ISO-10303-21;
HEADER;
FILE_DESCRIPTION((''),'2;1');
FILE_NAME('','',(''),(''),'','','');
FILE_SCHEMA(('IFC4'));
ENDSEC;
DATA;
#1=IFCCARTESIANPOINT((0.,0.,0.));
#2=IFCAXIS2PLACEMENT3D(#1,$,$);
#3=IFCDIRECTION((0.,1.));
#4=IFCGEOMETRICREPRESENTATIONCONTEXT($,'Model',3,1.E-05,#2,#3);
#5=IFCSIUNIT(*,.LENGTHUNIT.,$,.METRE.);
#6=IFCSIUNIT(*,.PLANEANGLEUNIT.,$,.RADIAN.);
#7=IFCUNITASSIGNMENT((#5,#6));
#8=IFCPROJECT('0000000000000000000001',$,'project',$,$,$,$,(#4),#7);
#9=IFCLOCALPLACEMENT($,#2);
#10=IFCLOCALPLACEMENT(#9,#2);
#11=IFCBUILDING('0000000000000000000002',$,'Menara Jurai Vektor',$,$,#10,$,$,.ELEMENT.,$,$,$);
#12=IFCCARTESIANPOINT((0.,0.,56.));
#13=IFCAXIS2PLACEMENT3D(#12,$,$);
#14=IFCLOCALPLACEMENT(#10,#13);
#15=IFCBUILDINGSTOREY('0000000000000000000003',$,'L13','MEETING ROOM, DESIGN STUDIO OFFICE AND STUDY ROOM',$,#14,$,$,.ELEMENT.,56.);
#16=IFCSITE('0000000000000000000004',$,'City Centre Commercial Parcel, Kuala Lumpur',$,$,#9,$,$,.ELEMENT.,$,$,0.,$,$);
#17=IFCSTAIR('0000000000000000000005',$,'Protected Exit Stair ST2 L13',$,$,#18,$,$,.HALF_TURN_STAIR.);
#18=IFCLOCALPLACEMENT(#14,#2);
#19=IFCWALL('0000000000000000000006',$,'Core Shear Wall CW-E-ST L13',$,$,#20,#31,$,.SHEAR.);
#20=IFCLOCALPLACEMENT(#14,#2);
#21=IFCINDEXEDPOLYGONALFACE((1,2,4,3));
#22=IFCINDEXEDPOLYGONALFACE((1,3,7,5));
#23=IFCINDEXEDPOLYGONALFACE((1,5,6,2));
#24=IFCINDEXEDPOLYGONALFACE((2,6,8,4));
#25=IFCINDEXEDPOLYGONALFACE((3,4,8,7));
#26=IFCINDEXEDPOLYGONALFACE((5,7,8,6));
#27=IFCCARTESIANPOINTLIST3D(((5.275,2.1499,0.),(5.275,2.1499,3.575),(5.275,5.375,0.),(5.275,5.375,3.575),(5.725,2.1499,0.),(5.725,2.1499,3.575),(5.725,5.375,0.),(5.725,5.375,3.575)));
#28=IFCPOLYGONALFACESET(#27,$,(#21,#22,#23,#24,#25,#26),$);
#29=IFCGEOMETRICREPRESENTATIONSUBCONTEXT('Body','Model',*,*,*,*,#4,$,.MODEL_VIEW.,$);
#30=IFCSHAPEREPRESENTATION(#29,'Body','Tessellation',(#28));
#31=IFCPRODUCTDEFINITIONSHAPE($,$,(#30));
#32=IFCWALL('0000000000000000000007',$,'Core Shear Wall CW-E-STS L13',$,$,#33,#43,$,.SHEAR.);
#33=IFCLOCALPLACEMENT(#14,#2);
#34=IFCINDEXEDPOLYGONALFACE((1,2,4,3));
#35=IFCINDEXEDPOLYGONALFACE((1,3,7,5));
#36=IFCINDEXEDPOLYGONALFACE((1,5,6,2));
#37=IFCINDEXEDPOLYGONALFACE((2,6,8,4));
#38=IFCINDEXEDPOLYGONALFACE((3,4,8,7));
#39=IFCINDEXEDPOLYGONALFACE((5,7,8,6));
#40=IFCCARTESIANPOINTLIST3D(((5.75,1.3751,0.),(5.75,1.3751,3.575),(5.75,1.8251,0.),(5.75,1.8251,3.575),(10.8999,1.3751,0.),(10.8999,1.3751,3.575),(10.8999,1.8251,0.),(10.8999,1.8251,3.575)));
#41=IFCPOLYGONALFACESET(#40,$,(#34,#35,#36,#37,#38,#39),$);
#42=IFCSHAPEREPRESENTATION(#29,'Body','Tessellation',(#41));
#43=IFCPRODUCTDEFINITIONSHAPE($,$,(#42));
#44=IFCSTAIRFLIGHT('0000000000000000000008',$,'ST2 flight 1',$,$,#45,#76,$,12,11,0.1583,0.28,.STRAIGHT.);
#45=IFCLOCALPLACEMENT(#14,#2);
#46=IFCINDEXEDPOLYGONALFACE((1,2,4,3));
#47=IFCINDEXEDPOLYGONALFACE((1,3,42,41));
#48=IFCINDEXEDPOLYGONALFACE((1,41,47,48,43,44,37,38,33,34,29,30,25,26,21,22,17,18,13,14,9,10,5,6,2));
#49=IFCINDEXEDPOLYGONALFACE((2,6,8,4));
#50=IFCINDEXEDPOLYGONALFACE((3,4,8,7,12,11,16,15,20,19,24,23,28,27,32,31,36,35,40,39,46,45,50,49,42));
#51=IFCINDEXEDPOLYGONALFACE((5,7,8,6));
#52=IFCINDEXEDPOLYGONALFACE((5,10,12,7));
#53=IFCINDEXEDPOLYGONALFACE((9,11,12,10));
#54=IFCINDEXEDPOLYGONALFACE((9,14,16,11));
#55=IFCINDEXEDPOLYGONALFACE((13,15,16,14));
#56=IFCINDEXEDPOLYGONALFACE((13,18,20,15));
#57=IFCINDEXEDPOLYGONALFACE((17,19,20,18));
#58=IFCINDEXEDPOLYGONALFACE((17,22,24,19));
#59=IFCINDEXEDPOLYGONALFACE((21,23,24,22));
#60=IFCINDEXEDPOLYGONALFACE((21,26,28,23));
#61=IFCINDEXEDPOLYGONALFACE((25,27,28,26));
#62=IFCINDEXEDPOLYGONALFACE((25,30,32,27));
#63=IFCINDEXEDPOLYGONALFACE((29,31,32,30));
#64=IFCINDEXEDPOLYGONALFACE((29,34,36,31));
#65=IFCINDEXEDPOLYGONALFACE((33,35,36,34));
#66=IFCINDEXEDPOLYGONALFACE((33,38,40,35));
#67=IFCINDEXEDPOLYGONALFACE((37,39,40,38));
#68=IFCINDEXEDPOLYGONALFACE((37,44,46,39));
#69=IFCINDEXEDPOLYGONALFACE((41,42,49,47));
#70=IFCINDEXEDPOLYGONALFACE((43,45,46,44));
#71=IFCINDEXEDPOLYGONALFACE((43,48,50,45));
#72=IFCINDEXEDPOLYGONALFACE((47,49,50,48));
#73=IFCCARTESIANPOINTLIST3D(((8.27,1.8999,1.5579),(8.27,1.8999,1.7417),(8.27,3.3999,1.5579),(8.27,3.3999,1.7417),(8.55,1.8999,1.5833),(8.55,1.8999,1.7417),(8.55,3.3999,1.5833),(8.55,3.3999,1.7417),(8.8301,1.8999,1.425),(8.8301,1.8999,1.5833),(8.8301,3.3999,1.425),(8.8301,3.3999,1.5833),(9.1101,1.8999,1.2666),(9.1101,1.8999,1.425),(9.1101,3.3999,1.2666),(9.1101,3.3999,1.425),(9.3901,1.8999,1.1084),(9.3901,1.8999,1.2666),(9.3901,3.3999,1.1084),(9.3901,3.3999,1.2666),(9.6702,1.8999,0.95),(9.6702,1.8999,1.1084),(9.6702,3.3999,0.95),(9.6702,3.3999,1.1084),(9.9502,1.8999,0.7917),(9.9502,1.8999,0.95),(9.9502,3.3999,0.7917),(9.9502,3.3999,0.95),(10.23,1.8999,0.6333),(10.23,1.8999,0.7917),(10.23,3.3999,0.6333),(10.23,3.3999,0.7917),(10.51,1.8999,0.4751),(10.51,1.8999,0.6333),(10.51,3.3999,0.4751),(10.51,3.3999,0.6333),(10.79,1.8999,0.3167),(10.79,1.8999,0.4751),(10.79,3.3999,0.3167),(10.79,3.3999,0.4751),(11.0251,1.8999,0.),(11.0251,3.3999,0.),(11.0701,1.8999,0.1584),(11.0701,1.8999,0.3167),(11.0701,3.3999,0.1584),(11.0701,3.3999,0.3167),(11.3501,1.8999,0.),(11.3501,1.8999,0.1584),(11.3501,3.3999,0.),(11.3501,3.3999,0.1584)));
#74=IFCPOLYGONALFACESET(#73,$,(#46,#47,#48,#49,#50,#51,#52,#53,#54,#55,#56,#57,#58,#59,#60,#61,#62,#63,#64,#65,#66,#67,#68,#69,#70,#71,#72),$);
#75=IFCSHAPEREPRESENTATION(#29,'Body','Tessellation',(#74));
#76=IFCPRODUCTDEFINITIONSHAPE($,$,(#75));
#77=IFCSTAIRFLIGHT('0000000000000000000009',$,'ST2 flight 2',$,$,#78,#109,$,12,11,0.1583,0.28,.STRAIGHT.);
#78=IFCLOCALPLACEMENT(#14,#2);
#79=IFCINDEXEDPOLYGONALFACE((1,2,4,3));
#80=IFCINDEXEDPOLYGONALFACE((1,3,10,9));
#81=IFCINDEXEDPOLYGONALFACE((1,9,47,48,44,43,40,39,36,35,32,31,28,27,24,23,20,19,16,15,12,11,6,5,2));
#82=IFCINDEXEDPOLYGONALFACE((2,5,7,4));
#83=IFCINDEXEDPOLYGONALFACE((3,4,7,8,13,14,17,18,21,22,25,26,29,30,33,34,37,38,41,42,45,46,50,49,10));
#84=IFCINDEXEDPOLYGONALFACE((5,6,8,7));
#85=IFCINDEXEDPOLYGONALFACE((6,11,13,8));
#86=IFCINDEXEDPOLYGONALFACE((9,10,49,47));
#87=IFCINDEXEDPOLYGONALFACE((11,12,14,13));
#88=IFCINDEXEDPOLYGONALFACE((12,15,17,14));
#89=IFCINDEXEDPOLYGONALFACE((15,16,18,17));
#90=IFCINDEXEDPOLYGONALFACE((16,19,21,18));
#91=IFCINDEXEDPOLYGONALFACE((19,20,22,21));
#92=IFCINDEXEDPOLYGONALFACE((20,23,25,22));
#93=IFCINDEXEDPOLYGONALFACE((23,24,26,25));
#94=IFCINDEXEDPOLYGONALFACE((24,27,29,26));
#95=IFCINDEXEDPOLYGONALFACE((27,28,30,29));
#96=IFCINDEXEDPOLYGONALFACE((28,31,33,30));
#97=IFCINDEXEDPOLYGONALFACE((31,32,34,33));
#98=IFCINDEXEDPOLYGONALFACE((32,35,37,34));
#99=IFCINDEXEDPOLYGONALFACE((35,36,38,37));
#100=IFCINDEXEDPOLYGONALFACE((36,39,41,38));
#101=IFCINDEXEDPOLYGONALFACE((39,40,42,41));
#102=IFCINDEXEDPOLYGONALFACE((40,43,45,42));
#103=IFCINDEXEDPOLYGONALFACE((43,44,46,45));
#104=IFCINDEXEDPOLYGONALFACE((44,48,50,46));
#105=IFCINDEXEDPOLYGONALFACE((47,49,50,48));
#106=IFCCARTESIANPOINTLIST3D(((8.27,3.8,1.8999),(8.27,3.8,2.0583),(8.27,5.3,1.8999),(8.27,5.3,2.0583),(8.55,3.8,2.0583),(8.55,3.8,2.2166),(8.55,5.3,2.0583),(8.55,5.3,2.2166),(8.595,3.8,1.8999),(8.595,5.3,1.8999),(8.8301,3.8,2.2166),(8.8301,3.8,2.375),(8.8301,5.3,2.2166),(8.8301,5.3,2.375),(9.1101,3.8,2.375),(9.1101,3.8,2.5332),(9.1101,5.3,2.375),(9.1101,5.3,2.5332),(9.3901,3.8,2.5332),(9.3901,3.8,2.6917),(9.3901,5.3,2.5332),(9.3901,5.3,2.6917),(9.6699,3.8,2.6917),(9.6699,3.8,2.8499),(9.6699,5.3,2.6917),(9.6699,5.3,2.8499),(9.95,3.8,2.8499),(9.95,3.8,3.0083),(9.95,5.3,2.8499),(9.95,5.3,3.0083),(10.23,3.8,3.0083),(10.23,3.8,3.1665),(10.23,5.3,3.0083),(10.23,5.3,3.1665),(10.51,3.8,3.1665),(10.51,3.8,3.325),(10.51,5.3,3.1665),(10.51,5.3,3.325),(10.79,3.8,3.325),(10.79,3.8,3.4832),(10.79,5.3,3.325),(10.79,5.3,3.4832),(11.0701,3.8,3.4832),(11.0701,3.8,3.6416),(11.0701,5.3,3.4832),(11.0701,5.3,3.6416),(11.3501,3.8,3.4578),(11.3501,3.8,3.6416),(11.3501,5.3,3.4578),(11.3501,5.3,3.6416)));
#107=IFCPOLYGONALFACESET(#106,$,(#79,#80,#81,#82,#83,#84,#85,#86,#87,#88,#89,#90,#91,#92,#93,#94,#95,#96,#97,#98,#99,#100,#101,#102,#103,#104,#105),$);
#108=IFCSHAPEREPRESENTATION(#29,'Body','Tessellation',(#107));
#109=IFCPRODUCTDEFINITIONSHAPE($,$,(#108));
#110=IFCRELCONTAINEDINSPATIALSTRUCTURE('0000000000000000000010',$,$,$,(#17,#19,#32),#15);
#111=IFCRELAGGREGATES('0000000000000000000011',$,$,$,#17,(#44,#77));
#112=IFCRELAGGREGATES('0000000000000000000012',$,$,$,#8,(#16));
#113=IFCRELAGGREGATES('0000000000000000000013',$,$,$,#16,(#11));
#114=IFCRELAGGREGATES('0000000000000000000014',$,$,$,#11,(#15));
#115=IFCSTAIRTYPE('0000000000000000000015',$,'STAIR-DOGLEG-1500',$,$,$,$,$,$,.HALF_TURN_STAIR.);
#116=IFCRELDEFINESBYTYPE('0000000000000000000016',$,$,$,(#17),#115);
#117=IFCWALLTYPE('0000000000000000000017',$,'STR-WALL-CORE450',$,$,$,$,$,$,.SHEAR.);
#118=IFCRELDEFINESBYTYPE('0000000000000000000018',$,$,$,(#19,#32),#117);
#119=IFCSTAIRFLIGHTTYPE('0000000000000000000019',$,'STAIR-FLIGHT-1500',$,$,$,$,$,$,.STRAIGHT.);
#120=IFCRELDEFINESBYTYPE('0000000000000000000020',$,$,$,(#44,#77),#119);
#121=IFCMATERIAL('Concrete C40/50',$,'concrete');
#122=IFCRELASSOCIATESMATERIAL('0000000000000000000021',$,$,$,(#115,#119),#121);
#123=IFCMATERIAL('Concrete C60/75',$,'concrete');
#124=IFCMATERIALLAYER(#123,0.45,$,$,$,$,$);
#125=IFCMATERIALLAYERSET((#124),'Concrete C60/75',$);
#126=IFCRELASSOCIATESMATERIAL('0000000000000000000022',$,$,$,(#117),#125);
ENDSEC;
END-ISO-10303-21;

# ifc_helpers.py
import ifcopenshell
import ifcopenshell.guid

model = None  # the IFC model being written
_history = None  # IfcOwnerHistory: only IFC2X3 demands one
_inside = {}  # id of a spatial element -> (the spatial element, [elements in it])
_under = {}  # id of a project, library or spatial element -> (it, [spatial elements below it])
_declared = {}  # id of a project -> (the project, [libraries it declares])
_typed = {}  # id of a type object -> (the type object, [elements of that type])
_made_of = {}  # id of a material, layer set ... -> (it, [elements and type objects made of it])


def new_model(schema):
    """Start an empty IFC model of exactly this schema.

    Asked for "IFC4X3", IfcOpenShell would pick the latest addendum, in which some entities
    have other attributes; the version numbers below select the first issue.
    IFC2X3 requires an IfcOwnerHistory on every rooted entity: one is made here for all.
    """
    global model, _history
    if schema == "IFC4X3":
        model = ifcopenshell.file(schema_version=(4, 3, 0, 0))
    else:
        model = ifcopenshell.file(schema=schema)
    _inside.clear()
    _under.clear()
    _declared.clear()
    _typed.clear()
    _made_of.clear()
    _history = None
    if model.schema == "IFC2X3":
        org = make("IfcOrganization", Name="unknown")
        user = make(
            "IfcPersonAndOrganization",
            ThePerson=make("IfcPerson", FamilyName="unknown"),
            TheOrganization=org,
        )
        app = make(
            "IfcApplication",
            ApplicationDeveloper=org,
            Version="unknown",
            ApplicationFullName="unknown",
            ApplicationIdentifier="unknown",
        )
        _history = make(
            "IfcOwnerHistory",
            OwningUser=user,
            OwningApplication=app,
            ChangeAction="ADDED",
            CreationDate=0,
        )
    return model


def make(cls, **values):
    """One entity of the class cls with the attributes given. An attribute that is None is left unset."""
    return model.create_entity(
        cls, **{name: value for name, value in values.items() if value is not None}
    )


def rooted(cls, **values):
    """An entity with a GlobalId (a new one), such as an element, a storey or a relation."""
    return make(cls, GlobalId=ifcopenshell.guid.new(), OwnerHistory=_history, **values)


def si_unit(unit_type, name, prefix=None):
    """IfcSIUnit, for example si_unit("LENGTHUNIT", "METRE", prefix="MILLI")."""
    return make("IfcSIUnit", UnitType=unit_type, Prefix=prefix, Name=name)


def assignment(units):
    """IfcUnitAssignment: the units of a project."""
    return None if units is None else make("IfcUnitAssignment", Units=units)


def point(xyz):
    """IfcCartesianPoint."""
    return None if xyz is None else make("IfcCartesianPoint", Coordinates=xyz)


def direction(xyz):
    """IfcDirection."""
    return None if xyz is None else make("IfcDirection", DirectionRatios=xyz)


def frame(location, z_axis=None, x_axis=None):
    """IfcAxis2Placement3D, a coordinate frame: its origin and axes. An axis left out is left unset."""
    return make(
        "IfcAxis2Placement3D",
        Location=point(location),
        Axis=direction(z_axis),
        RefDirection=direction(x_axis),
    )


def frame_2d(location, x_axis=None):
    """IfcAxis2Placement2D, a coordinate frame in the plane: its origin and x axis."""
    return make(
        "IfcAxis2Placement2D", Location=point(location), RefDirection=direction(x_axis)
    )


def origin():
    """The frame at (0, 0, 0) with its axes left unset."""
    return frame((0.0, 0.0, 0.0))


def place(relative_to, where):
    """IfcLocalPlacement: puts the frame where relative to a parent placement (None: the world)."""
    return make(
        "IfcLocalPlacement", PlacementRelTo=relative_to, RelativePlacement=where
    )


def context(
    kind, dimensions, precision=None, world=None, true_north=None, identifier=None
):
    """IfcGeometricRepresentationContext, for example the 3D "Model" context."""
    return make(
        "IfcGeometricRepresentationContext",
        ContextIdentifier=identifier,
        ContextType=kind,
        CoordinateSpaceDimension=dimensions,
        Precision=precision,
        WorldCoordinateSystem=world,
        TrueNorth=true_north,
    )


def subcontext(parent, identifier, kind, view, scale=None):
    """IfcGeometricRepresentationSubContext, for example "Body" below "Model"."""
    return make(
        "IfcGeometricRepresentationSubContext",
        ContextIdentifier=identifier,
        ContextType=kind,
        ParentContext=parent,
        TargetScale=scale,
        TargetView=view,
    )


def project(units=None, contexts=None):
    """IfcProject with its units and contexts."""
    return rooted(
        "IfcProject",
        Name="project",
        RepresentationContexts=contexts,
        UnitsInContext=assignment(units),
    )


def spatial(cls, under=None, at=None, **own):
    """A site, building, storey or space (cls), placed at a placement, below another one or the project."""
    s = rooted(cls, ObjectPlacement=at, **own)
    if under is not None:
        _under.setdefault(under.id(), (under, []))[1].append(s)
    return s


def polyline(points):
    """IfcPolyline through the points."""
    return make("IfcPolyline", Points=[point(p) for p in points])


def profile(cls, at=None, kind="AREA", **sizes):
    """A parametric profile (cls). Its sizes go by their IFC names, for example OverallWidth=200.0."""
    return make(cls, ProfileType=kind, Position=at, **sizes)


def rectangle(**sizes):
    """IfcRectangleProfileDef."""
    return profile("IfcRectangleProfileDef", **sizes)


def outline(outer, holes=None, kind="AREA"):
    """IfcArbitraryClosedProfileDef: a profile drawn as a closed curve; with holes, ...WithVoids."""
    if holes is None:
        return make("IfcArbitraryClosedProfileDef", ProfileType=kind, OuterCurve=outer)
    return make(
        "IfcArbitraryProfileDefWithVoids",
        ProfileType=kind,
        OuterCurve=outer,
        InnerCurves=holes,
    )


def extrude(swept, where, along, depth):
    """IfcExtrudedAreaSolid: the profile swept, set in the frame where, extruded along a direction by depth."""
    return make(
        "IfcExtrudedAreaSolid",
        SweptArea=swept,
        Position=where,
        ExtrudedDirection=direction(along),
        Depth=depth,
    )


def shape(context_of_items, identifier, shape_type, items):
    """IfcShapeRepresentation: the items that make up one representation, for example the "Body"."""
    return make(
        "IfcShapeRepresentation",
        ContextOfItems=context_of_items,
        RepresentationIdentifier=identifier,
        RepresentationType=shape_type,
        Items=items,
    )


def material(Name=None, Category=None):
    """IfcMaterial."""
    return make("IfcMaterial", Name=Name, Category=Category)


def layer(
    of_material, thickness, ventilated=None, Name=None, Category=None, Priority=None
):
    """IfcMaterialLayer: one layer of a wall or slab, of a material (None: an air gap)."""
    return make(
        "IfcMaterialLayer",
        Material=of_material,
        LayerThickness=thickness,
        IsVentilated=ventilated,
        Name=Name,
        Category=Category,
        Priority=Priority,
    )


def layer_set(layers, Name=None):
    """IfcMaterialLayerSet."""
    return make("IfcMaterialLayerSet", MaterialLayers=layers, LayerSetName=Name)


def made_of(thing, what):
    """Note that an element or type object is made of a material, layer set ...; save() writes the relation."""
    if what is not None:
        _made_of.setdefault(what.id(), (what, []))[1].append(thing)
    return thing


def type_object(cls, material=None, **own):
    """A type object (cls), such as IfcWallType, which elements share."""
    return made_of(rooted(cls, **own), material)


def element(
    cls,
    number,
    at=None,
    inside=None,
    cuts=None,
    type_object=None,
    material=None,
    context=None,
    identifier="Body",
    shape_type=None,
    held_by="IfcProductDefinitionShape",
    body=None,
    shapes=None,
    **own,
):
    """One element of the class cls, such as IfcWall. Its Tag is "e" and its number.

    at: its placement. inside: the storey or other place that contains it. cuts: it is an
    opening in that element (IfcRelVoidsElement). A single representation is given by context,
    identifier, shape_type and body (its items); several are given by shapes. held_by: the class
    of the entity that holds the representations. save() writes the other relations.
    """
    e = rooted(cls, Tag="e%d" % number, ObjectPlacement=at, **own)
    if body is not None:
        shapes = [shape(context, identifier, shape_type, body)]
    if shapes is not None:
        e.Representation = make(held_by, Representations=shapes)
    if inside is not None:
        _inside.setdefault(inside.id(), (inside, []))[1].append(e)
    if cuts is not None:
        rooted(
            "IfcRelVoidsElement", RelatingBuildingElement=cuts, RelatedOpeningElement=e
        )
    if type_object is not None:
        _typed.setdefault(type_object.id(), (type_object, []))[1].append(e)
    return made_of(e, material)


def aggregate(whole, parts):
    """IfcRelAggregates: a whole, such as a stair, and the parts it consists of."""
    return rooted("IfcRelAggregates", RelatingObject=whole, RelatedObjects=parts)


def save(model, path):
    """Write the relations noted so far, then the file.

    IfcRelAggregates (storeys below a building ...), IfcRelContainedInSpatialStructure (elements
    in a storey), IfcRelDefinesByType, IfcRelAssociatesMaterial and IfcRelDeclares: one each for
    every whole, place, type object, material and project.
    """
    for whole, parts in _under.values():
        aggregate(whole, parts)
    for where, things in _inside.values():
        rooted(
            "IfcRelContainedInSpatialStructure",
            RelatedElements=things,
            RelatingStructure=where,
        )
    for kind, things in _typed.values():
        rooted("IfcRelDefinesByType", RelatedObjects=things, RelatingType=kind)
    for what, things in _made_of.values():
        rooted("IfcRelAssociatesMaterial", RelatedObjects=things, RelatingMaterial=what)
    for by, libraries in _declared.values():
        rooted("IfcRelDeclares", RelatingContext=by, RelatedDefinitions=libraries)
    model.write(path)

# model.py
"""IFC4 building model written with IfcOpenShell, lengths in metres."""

from ifc_helpers import new_model, si_unit, direction, frame, frame_2d, origin, place, context, subcontext, project, spatial, polyline, rectangle, outline, extrude, material, layer, layer_set, type_object, element, aggregate, save


model = new_model("IFC4")

# Units and contexts
model_context = context("Model", 3, precision=1e-05, world=origin(), true_north=direction((0.0, 1.0)))
body_context = subcontext(model_context, "Body", "Model", "MODEL_VIEW")
ifc_project = project(units=[si_unit("LENGTHUNIT", "METRE"), si_unit("PLANEANGLEUNIT", "RADIAN")], contexts=[model_context])

# Site, building, storey
site_placement = place(None, origin())
site = spatial("IfcSite", under=ifc_project, at=site_placement, Name="City Centre Commercial Parcel, Kuala Lumpur", CompositionType="ELEMENT", RefElevation=0.0)
building_placement = place(site_placement, origin())
building = spatial("IfcBuilding", under=site, at=building_placement, Name="Menara Jurai Vektor", CompositionType="ELEMENT")
storey_placement = place(building_placement, frame((0.0, 0.0, 56.0)))
storey = spatial("IfcBuildingStorey", under=building, at=storey_placement, Name="L13", Description="MEETING ROOM, DESIGN STUDIO OFFICE AND STUDY ROOM", CompositionType="ELEMENT", Elevation=56.0)

# Shared definitions
ifc_material_1 = material(Name="Concrete C60/75", Category="concrete")

# Stair
ifc_material_2 = material(Name="Concrete C40/50", Category="concrete")
stair_type = type_object("IfcStairType", Name="STAIR-DOGLEG-1500", PredefinedType="HALF_TURN_STAIR", material=ifc_material_2)
stair_1_placement = place(storey_placement, origin())
stair_1 = element("IfcStair", 1, at=stair_1_placement, inside=storey, type_object=stair_type, Name="Protected Exit Stair ST2 L13", PredefinedType="HALF_TURN_STAIR")

# Walls
ifc_layer_1 = layer(ifc_material_1, 0.45)
ifc_layer_set_1 = layer_set([ifc_layer_1], Name="Concrete C60/75")
wall_type_1 = type_object("IfcWallType", Name="STR-WALL-CORE450", PredefinedType="SHEAR", material=ifc_layer_set_1)
wall_1_placement = place(storey_placement, frame((5.5, 2.1499, 0.0), z_axis=(0.0, 0.0, 1.0), x_axis=(0.0, 1.0, 0.0)))
element("IfcWall", 2, at=wall_1_placement, inside=storey, type_object=wall_type_1, Name="Core Shear Wall CW-E-ST L13", PredefinedType="SHEAR", context=body_context, shape_type="SweptSolid", body=[
    extrude(rectangle(XDim=3.2251, YDim=0.45, at=frame_2d((1.6125, 0.0))), origin(), (0.0, 0.0, 1.0), 3.575),
])
wall_2_placement = place(storey_placement, frame((5.75, 1.6001, 0.0), z_axis=(0.0, 0.0, 1.0), x_axis=(1.0, 0.0, 0.0)))
element("IfcWall", 3, at=wall_2_placement, inside=storey, type_object=wall_type_1, Name="Core Shear Wall CW-E-STS L13", PredefinedType="SHEAR", context=body_context, shape_type="SweptSolid", body=[
    extrude(rectangle(XDim=5.1499, YDim=0.45, at=frame_2d((2.575, 0.0))), origin(), (0.0, 0.0, 1.0), 3.575),
])

# Stair flights
stair_flight_type = type_object("IfcStairFlightType", Name="STAIR-FLIGHT-1500", PredefinedType="STRAIGHT", material=ifc_material_2)
stair_flight_1_placement = place(storey_placement, frame((11.3501, 2.6499, 0.0), z_axis=(0.0, 0.0, 1.0), x_axis=(-1.0, 0.0, 0.0)))
stair_flight_1 = element("IfcStairFlight", 4, at=stair_flight_1_placement, type_object=stair_flight_type, Name="ST2 flight 1", NumberOfRisers=12, NumberOfTreads=11, PredefinedType="STRAIGHT", RiserHeight=0.1583, TreadLength=0.28, context=body_context, shape_type="SweptSolid", body=[
    extrude(outline(polyline([(0.0, 0.0), (0.0, 0.1584), (0.28, 0.1584), (0.28, 0.3167), (0.5601, 0.3167), (0.5601, 0.4751), (0.8401, 0.4751), (0.8401, 0.6333), (1.1201, 0.6333), (1.1201, 0.7917), (1.3999, 0.7917), (1.3999, 0.95), (1.6799, 0.95), (1.6799, 1.1084), (1.96, 1.1084), (1.96, 1.2666), (2.24, 1.2666), (2.24, 1.425), (2.52, 1.425), (2.52, 1.5833), (2.8, 1.5833), (2.8, 1.7417), (3.0801, 1.7417), (3.0801, 1.8999), (3.0801, 1.5579), (0.325, 0.0), (0.0, 0.0)])), frame((0.0, 0.75, 0.0), z_axis=(0.0, -1.0, 0.0), x_axis=(1.0, 0.0, 0.0)), (0.0, 0.0, 1.0), 1.5),
])
stair_flight_2_placement = place(storey_placement, frame((8.27, 4.55, 1.8999), z_axis=(0.0, 0.0, 1.0), x_axis=(1.0, 0.0, 0.0)))
stair_flight_2 = element("IfcStairFlight", 5, at=stair_flight_2_placement, type_object=stair_flight_type, Name="ST2 flight 2", NumberOfRisers=12, NumberOfTreads=11, PredefinedType="STRAIGHT", RiserHeight=0.1583, TreadLength=0.28, context=body_context, shape_type="SweptSolid", body=[
    extrude(outline(polyline([(0.0, 0.0), (0.0, 0.1584), (0.28, 0.1584), (0.28, 0.3167), (0.5601, 0.3167), (0.5601, 0.4751), (0.8401, 0.4751), (0.8401, 0.6333), (1.1201, 0.6333), (1.1201, 0.7917), (1.3999, 0.7917), (1.3999, 0.95), (1.6799, 0.95), (1.6799, 1.1084), (1.96, 1.1084), (1.96, 1.2666), (2.24, 1.2666), (2.24, 1.425), (2.52, 1.425), (2.52, 1.5833), (2.8, 1.5833), (2.8, 1.7417), (3.0801, 1.7417), (3.0801, 1.8999), (3.0801, 1.5579), (0.325, 0.0), (0.0, 0.0)])), frame((0.0, 0.75, 0.0), z_axis=(0.0, -1.0, 0.0), x_axis=(1.0, 0.0, 0.0)), (0.0, 0.0, 1.0), 1.5),
])
aggregate(stair_1, [stair_flight_1, stair_flight_2])

save(model, "model.ifc")
